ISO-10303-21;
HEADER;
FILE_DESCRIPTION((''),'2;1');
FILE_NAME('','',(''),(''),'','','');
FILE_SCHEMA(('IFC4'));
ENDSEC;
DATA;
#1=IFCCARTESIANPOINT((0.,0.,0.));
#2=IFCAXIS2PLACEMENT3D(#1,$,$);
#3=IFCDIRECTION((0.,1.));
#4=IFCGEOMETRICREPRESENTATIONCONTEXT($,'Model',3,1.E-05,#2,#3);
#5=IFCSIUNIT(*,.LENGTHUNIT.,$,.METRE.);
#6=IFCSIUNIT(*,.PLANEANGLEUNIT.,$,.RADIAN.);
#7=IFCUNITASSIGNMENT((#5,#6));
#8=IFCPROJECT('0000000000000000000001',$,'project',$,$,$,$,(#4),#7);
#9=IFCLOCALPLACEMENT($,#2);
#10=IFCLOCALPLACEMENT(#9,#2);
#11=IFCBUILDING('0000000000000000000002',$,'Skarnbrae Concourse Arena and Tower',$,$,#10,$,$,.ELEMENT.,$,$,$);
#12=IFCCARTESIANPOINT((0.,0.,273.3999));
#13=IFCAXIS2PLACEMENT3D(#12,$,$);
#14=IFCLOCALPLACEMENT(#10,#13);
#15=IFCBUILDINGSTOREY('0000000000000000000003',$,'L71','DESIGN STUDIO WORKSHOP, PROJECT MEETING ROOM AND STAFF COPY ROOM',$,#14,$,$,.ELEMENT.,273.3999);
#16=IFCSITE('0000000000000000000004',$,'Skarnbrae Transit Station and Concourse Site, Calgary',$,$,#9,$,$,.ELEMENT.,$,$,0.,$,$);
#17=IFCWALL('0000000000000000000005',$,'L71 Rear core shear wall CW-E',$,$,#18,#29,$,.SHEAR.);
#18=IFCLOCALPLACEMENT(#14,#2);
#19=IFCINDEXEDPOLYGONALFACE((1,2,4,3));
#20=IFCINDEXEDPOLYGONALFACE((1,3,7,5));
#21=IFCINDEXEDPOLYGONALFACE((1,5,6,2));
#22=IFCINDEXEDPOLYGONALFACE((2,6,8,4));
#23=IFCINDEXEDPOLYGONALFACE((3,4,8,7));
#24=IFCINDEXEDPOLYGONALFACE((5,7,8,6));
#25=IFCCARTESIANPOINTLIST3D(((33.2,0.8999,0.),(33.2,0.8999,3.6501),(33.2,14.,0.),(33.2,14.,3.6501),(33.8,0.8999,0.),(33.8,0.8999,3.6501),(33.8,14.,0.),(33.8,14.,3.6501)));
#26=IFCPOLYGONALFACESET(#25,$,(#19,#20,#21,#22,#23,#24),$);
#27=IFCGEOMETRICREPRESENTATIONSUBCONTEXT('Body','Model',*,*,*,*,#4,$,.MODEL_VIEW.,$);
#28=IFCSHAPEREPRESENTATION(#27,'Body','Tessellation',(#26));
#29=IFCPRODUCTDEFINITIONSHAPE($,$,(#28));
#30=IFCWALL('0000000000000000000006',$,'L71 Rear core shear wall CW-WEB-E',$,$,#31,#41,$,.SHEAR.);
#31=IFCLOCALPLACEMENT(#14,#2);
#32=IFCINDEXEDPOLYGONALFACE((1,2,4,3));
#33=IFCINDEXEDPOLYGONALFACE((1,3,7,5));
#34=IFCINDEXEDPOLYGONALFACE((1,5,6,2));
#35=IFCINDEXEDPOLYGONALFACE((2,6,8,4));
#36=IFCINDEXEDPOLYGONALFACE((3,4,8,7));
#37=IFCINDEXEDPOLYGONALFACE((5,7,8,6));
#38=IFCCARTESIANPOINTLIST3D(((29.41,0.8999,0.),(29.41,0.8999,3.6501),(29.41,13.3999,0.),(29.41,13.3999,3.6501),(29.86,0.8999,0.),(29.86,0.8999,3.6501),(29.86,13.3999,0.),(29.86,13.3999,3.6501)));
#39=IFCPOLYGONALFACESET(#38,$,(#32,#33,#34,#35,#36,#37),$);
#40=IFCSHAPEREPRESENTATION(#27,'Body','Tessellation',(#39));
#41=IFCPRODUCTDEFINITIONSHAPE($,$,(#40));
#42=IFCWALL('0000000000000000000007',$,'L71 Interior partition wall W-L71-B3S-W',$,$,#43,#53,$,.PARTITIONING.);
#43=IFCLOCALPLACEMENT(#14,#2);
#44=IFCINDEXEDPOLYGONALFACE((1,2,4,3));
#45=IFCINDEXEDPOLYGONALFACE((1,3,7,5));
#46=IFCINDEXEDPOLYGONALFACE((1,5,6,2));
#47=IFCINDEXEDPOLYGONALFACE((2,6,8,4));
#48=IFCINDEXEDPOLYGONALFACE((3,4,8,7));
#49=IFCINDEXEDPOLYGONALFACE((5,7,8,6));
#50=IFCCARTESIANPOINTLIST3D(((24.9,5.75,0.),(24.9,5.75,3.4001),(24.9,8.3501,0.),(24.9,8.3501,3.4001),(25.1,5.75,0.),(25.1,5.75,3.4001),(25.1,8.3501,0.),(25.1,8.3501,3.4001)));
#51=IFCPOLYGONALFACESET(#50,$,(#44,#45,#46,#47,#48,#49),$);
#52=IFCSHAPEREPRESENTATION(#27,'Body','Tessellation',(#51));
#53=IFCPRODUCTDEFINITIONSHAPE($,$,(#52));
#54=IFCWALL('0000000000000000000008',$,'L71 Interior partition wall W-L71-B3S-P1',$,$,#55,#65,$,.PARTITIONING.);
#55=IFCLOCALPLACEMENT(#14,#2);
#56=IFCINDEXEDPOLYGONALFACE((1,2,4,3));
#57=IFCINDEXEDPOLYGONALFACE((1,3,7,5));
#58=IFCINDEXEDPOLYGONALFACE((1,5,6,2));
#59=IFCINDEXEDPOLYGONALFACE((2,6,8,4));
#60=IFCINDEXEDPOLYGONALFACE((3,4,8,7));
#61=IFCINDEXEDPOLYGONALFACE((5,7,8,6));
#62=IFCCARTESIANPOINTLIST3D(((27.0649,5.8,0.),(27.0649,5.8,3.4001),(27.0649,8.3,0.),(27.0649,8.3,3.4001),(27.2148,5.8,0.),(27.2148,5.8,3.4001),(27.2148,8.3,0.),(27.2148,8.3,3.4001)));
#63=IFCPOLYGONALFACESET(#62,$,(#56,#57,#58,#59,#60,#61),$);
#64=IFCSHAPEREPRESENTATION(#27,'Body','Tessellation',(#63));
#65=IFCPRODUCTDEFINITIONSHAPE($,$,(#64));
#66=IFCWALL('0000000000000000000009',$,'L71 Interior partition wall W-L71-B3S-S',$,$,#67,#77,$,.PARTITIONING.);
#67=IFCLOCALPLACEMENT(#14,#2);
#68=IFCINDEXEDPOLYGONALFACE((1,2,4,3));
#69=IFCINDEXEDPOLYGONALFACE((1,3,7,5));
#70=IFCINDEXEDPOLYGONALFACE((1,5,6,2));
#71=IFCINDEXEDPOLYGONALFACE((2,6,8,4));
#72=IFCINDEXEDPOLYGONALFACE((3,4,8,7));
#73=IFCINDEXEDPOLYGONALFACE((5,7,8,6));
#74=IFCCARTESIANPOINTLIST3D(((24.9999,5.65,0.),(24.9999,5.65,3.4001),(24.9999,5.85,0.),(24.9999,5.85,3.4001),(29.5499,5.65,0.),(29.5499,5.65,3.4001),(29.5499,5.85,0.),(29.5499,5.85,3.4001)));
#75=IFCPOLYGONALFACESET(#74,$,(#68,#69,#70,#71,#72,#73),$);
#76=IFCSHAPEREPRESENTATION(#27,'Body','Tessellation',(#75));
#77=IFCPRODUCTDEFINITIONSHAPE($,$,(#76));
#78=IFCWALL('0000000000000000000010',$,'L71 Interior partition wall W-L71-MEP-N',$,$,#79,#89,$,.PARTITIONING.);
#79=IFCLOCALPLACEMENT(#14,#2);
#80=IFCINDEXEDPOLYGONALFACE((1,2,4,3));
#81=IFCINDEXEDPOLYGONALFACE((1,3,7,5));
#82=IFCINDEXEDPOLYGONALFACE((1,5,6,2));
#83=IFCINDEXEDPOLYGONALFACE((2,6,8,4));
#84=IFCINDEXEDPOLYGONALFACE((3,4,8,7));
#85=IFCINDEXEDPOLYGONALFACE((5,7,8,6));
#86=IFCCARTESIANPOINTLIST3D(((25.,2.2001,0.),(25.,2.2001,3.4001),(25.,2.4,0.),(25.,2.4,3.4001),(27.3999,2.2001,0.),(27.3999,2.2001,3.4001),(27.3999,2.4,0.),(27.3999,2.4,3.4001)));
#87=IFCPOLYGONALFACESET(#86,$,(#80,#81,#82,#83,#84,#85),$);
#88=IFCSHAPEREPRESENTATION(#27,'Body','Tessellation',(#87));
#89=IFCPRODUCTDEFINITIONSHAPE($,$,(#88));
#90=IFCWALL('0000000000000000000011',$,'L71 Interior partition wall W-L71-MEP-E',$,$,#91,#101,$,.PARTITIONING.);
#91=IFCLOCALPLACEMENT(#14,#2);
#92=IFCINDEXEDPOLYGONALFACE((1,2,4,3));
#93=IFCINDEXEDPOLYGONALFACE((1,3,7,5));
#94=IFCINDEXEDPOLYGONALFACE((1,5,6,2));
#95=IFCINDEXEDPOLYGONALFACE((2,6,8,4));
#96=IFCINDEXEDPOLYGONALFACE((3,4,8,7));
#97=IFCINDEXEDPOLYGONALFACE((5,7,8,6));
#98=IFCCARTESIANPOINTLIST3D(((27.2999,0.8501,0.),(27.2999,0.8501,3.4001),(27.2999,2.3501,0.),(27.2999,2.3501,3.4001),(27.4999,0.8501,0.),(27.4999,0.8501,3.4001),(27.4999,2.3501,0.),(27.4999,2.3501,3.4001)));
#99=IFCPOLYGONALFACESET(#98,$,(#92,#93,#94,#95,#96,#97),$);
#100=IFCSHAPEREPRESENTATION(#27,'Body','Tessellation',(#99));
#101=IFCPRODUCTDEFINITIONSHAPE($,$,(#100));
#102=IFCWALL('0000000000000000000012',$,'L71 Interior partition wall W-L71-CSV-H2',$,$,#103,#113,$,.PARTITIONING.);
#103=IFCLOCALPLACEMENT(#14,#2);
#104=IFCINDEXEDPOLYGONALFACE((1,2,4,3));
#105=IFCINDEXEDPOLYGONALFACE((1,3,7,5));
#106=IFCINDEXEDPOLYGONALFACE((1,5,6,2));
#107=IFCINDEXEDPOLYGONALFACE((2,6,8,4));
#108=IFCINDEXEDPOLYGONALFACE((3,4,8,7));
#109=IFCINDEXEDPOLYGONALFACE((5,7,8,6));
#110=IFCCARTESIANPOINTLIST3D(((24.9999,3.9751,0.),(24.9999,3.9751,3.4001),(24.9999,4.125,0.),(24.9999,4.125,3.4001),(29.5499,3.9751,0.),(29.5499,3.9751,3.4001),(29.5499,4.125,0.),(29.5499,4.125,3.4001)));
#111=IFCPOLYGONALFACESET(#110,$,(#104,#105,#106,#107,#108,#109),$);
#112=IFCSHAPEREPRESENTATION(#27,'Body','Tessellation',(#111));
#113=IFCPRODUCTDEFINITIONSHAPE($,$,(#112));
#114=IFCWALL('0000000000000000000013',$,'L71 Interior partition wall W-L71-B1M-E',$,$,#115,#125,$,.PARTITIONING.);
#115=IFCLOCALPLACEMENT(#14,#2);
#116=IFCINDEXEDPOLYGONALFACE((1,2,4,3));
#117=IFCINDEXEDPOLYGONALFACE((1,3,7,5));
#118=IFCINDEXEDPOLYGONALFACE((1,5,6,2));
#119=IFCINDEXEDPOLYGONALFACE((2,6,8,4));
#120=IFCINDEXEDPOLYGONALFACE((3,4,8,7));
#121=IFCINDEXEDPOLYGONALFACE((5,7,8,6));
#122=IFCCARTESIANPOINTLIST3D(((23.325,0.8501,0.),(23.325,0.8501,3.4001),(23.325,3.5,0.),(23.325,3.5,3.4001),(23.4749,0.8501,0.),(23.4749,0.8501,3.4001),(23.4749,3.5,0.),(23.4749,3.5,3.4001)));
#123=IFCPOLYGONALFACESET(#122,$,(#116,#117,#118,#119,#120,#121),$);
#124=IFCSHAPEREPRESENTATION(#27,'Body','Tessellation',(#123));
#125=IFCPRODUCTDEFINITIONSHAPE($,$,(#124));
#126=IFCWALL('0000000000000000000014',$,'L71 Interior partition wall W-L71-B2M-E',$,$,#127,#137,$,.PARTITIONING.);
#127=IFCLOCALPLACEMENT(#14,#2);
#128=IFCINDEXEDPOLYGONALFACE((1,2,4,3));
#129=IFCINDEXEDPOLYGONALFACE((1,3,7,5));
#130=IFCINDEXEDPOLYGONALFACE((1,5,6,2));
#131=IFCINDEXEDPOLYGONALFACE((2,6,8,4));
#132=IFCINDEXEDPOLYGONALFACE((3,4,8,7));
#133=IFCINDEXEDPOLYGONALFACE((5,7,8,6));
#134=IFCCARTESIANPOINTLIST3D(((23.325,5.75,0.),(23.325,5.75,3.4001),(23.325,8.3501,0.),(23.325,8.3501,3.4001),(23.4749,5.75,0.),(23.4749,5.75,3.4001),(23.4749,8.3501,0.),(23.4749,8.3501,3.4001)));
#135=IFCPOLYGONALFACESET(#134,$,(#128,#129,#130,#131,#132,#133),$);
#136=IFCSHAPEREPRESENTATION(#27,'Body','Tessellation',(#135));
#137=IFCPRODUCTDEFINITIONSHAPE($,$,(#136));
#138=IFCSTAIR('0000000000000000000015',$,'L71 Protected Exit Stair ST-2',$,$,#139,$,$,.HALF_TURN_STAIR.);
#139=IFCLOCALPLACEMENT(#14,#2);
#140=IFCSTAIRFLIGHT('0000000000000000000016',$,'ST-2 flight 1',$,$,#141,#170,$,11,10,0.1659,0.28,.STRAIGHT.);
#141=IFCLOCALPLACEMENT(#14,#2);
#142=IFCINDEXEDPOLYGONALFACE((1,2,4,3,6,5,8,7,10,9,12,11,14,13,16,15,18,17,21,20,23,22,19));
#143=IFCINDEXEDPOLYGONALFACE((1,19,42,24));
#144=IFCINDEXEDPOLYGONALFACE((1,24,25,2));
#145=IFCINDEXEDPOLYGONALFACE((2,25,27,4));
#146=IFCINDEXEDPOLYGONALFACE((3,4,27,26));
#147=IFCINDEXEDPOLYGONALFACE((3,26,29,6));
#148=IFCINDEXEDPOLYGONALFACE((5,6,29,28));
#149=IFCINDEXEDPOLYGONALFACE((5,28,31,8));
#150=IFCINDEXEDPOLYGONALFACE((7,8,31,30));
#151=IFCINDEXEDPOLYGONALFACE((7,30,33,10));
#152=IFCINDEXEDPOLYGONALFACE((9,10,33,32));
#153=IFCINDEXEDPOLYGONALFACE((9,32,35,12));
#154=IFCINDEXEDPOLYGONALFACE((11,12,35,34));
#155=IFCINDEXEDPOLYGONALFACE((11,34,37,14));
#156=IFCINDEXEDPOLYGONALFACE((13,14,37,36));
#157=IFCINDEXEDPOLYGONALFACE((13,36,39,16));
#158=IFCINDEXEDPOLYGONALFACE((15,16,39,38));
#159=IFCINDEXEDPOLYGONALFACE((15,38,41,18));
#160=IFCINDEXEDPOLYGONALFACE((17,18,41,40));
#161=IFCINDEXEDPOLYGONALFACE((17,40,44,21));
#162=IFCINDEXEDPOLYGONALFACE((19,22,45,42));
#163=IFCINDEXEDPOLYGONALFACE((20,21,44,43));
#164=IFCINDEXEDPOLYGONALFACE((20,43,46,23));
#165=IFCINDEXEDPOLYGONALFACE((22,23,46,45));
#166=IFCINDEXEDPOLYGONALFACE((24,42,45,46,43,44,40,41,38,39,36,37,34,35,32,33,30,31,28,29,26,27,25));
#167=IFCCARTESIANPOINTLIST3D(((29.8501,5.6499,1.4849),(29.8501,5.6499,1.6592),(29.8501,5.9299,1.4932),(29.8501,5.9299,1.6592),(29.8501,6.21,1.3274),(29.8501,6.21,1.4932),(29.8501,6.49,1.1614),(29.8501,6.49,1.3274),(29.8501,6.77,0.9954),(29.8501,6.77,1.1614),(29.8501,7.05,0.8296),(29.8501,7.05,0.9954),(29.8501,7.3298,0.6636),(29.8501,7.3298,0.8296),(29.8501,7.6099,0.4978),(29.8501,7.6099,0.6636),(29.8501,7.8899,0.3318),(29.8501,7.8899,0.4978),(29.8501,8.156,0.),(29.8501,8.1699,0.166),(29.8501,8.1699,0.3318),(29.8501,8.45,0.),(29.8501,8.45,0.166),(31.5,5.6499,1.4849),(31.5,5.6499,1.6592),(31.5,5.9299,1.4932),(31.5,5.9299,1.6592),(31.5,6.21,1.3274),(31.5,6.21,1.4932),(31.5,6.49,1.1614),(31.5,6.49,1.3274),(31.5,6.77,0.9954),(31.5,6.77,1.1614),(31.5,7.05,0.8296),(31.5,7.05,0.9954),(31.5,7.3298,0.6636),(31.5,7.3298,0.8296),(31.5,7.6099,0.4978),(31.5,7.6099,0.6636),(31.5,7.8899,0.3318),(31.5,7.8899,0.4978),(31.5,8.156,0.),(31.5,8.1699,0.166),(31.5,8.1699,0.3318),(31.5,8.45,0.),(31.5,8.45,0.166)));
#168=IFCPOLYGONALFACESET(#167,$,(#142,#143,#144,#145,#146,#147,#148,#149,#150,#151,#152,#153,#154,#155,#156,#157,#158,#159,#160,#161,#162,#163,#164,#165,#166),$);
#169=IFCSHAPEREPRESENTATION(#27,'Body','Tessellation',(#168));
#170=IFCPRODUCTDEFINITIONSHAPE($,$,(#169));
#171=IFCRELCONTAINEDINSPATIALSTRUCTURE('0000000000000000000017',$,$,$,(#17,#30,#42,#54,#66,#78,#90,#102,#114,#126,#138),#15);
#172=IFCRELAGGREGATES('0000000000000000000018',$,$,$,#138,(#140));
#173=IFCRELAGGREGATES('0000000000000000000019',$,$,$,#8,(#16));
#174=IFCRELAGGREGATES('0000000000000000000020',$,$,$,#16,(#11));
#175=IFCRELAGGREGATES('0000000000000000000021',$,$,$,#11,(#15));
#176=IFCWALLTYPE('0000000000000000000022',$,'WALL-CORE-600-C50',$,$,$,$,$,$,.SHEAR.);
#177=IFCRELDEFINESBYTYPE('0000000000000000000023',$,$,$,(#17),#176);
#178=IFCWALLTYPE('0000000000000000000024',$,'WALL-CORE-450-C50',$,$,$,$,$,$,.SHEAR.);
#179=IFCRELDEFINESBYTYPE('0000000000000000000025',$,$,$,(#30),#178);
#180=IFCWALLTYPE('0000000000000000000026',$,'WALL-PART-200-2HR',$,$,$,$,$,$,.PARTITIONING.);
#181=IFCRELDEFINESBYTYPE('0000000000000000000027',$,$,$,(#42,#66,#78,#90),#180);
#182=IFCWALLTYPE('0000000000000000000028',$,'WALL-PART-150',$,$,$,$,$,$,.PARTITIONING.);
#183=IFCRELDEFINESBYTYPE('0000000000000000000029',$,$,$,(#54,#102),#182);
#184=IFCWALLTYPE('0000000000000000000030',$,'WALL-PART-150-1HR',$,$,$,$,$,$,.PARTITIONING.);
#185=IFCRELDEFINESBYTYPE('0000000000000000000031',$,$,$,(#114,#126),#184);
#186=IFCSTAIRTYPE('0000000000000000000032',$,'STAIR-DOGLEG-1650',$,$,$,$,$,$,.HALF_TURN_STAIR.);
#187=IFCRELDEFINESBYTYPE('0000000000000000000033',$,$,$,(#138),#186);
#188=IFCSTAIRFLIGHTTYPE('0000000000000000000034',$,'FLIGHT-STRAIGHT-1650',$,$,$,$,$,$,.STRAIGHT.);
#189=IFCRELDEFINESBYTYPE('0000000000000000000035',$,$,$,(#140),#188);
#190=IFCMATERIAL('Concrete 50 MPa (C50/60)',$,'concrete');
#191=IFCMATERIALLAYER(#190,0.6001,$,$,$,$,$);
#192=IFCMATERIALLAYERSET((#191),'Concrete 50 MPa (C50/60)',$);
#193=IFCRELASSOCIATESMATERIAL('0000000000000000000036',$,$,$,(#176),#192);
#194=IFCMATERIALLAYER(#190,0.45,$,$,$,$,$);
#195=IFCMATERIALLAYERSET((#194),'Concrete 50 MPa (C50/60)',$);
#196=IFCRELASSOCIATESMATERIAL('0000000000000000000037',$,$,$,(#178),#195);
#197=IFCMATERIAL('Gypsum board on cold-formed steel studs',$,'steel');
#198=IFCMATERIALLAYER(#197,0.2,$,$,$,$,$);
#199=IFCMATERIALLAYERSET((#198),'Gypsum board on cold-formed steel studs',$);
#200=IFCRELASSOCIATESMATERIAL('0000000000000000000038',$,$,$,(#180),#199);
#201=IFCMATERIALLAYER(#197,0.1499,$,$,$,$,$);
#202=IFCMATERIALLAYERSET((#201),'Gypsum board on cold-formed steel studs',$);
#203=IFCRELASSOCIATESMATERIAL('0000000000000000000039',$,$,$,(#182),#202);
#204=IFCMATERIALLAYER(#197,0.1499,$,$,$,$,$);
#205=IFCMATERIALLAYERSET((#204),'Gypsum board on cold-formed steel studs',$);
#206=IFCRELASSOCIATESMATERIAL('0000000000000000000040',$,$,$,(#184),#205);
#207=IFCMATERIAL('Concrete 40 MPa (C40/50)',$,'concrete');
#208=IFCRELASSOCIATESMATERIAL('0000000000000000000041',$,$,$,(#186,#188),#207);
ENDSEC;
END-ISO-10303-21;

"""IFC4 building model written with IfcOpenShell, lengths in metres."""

from ifc_helpers import new_model, si_unit, direction, frame, frame_2d, origin, place, context, subcontext, project, spatial, polyline, rectangle, outline, extrude, source, transform, mapped, material, layer, layer_set, type_object, element, aggregate, save


model = new_model("IFC4")

# Units and contexts
model_context = context("Model", 3, precision=1e-05, world=origin(), true_north=direction((0.0, 1.0)))
body_context = subcontext(model_context, "Body", "Model", "MODEL_VIEW")
ifc_project = project(units=[si_unit("LENGTHUNIT", "METRE"), si_unit("PLANEANGLEUNIT", "RADIAN")], contexts=[model_context])

# Site, building, storey
site_placement = place(None, origin())
site = spatial("IfcSite", under=ifc_project, at=site_placement, Name="Skarnbrae Transit Station and Concourse Site, Calgary", CompositionType="ELEMENT", RefElevation=0.0)
building_placement = place(site_placement, origin())
building = spatial("IfcBuilding", under=site, at=building_placement, Name="Skarnbrae Concourse Arena and Tower", CompositionType="ELEMENT")
storey_placement = place(building_placement, frame((0.0, 0.0, 273.3999)))
storey = spatial("IfcBuildingStorey", under=building, at=storey_placement, Name="L71", Description="DESIGN STUDIO WORKSHOP, PROJECT MEETING ROOM AND STAFF COPY ROOM", CompositionType="ELEMENT", Elevation=273.3999)

# Walls
ifc_material_1 = material(Name="Concrete 50 MPa (C50/60)", Category="concrete")
ifc_layer_1 = layer(ifc_material_1, 0.6001)
ifc_layer_set_1 = layer_set([ifc_layer_1], Name="Concrete 50 MPa (C50/60)")
wall_type_1 = type_object("IfcWallType", Name="WALL-CORE-600-C50", PredefinedType="SHEAR", material=ifc_layer_set_1)
shared_shape_1 = source(origin(), body_context, "Body", "SweptSolid", [
    extrude(rectangle(XDim=13.1001, YDim=0.6001, at=frame_2d((6.55, 0.0))), origin(), (0.0, 0.0, 1.0), 3.6501),
])
wall_1_placement = place(storey_placement, frame((33.5, 0.8999, 0.0), z_axis=(0.0, 0.0, 1.0), x_axis=(0.0, 1.0, 0.0)))
element("IfcWall", 1, at=wall_1_placement, inside=storey, type_object=wall_type_1, Name="L71 Rear core shear wall CW-E", PredefinedType="SHEAR", context=body_context, shape_type="MappedRepresentation", body=[
    mapped(shared_shape_1, transform((0.0, 0.0, 0.0))),
])
ifc_layer_2 = layer(ifc_material_1, 0.45)
ifc_layer_set_2 = layer_set([ifc_layer_2], Name="Concrete 50 MPa (C50/60)")
wall_type_2 = type_object("IfcWallType", Name="WALL-CORE-450-C50", PredefinedType="SHEAR", material=ifc_layer_set_2)
shared_shape_2 = source(origin(), body_context, "Body", "SweptSolid", [
    extrude(rectangle(XDim=12.5, YDim=0.45, at=frame_2d((6.25, 0.0))), origin(), (0.0, 0.0, 1.0), 3.6501),
])
wall_2_placement = place(storey_placement, frame((29.635, 0.8999, 0.0), z_axis=(0.0, 0.0, 1.0), x_axis=(0.0, 1.0, 0.0)))
element("IfcWall", 2, at=wall_2_placement, inside=storey, type_object=wall_type_2, Name="L71 Rear core shear wall CW-WEB-E", PredefinedType="SHEAR", context=body_context, shape_type="MappedRepresentation", body=[
    mapped(shared_shape_2, transform((0.0, 0.0, 0.0))),
])
ifc_material_2 = material(Name="Gypsum board on cold-formed steel studs", Category="steel")
ifc_layer_3 = layer(ifc_material_2, 0.2)
ifc_layer_set_3 = layer_set([ifc_layer_3], Name="Gypsum board on cold-formed steel studs")
wall_type_3 = type_object("IfcWallType", Name="WALL-PART-200-2HR", PredefinedType="PARTITIONING", material=ifc_layer_set_3)
shared_shape_3 = source(origin(), body_context, "Body", "SweptSolid", [
    extrude(rectangle(XDim=2.6001, YDim=0.2, at=frame_2d((1.3, 0.0))), origin(), (0.0, 0.0, 1.0), 3.4001),
])
wall_3_placement = place(storey_placement, frame((25.0, 5.75, 0.0), z_axis=(0.0, 0.0, 1.0), x_axis=(0.0, 1.0, 0.0)))
element("IfcWall", 3, at=wall_3_placement, inside=storey, type_object=wall_type_3, Name="L71 Interior partition wall W-L71-B3S-W", PredefinedType="PARTITIONING", context=body_context, shape_type="MappedRepresentation", body=[
    mapped(shared_shape_3, transform((0.0, 0.0, 0.0))),
])
ifc_layer_4 = layer(ifc_material_2, 0.1499)
ifc_layer_set_4 = layer_set([ifc_layer_4], Name="Gypsum board on cold-formed steel studs")
wall_type_4 = type_object("IfcWallType", Name="WALL-PART-150", PredefinedType="PARTITIONING", material=ifc_layer_set_4)
shared_shape_4 = source(origin(), body_context, "Body", "SweptSolid", [
    extrude(rectangle(XDim=2.5, YDim=0.1499, at=frame_2d((1.25, 0.0))), origin(), (0.0, 0.0, 1.0), 3.4001),
])
wall_4_placement = place(storey_placement, frame((27.1399, 5.8, 0.0), z_axis=(0.0, 0.0, 1.0), x_axis=(0.0, 1.0, 0.0)))
element("IfcWall", 4, at=wall_4_placement, inside=storey, type_object=wall_type_4, Name="L71 Interior partition wall W-L71-B3S-P1", PredefinedType="PARTITIONING", context=body_context, shape_type="MappedRepresentation", body=[
    mapped(shared_shape_4, transform((0.0, 0.0, 0.0))),
])

# Shared definitions
shared_shape_5 = source(origin(), body_context, "Body", "SweptSolid", [
    extrude(rectangle(XDim=4.55, YDim=0.2, at=frame_2d((2.2749, 0.0))), origin(), (0.0, 0.0, 1.0), 3.4001),
])

# Wall
wall_5_placement = place(storey_placement, frame((25.0, 5.75, 0.0), z_axis=(0.0, 0.0, 1.0), x_axis=(1.0, 0.0, 0.0)))
element("IfcWall", 5, at=wall_5_placement, inside=storey, type_object=wall_type_3, Name="L71 Interior partition wall W-L71-B3S-S", PredefinedType="PARTITIONING", context=body_context, shape_type="MappedRepresentation", body=[
    mapped(shared_shape_5, transform((0.0, 0.0, 0.0))),
])

# Shared definitions
ifc_layer_5 = layer(ifc_material_2, 0.1499)
ifc_layer_set_5 = layer_set([ifc_layer_5], Name="Gypsum board on cold-formed steel studs")
wall_type_5 = type_object("IfcWallType", Name="WALL-PART-150-1HR", PredefinedType="PARTITIONING", material=ifc_layer_set_5)

# Walls
shared_shape_6 = source(origin(), body_context, "Body", "SweptSolid", [
    extrude(rectangle(XDim=2.3999, YDim=0.2, at=frame_2d((1.2, 0.0))), origin(), (0.0, 0.0, 1.0), 3.4001),
])
wall_6_placement = place(storey_placement, frame((25.0, 2.3, 0.0), z_axis=(0.0, 0.0, 1.0), x_axis=(1.0, 0.0, 0.0)))
element("IfcWall", 6, at=wall_6_placement, inside=storey, type_object=wall_type_3, Name="L71 Interior partition wall W-L71-MEP-N", PredefinedType="PARTITIONING", context=body_context, shape_type="MappedRepresentation", body=[
    mapped(shared_shape_6, transform((0.0, 0.0, 0.0))),
])
shared_shape_7 = source(origin(), body_context, "Body", "SweptSolid", [
    extrude(rectangle(XDim=1.5, YDim=0.2, at=frame_2d((0.75, 0.0))), origin(), (0.0, 0.0, 1.0), 3.4001),
])
wall_7_placement = place(storey_placement, frame((27.3999, 0.8501, 0.0), z_axis=(0.0, 0.0, 1.0), x_axis=(0.0, 1.0, 0.0)))
element("IfcWall", 7, at=wall_7_placement, inside=storey, type_object=wall_type_3, Name="L71 Interior partition wall W-L71-MEP-E", PredefinedType="PARTITIONING", context=body_context, shape_type="MappedRepresentation", body=[
    mapped(shared_shape_7, transform((0.0, 0.0, 0.0))),
])
shared_shape_8 = source(origin(), body_context, "Body", "SweptSolid", [
    extrude(rectangle(XDim=4.55, YDim=0.1499, at=frame_2d((2.2749, 0.0))), origin(), (0.0, 0.0, 1.0), 3.4001),
])
wall_8_placement = place(storey_placement, frame((25.0, 4.05, 0.0), z_axis=(0.0, 0.0, 1.0), x_axis=(1.0, 0.0, 0.0)))
element("IfcWall", 8, at=wall_8_placement, inside=storey, type_object=wall_type_4, Name="L71 Interior partition wall W-L71-CSV-H2", PredefinedType="PARTITIONING", context=body_context, shape_type="MappedRepresentation", body=[
    mapped(shared_shape_8, transform((0.0, 0.0, 0.0))),
])
shared_shape_9 = source(origin(), body_context, "Body", "SweptSolid", [
    extrude(rectangle(XDim=2.6499, YDim=0.1499, at=frame_2d((1.325, 0.0))), origin(), (0.0, 0.0, 1.0), 3.4001),
])
wall_9_placement = place(storey_placement, frame((23.3999, 0.8501, 0.0), z_axis=(0.0, 0.0, 1.0), x_axis=(0.0, 1.0, 0.0)))
element("IfcWall", 9, at=wall_9_placement, inside=storey, type_object=wall_type_5, Name="L71 Interior partition wall W-L71-B1M-E", PredefinedType="PARTITIONING", context=body_context, shape_type="MappedRepresentation", body=[
    mapped(shared_shape_9, transform((0.0, 0.0, 0.0))),
])
shared_shape_10 = source(origin(), body_context, "Body", "SweptSolid", [
    extrude(rectangle(XDim=2.6001, YDim=0.1499, at=frame_2d((1.3, 0.0))), origin(), (0.0, 0.0, 1.0), 3.4001),
])
wall_10_placement = place(storey_placement, frame((23.3999, 5.75, 0.0), z_axis=(0.0, 0.0, 1.0), x_axis=(0.0, 1.0, 0.0)))
element("IfcWall", 10, at=wall_10_placement, inside=storey, type_object=wall_type_5, Name="L71 Interior partition wall W-L71-B2M-E", PredefinedType="PARTITIONING", context=body_context, shape_type="MappedRepresentation", body=[
    mapped(shared_shape_10, transform((0.0, 0.0, 0.0))),
])

# Stair, stair flight
ifc_material_3 = material(Name="Concrete 40 MPa (C40/50)", Category="concrete")
stair_type = type_object("IfcStairType", Name="STAIR-DOGLEG-1650", PredefinedType="HALF_TURN_STAIR", material=ifc_material_3)
stair_placement = place(storey_placement, origin())
stair = element("IfcStair", 11, at=stair_placement, inside=storey, type_object=stair_type, Name="L71 Protected Exit Stair ST-2", PredefinedType="HALF_TURN_STAIR")
stair_flight_type = type_object("IfcStairFlightType", Name="FLIGHT-STRAIGHT-1650", PredefinedType="STRAIGHT", material=ifc_material_3)
shared_shape_11 = source(origin(), body_context, "Body", "SweptSolid", [
    extrude(outline(polyline([(0.0, 0.0), (0.0, 0.166), (0.28, 0.166), (0.28, 0.3318), (0.5601, 0.3318), (0.5601, 0.4978), (0.8401, 0.4978), (0.8401, 0.6636), (1.1201, 0.6636), (1.1201, 0.8296), (1.3999, 0.8296), (1.3999, 0.9954), (1.6799, 0.9954), (1.6799, 1.1614), (1.96, 1.1614), (1.96, 1.3274), (2.24, 1.3274), (2.24, 1.4932), (2.52, 1.4932), (2.52, 1.6592), (2.8, 1.6592), (2.8, 1.825), (2.8, 1.4849), (0.2939, 0.0), (0.0, 0.0)])), frame((0.0, 0.825, 0.0), z_axis=(0.0, -1.0, 0.0), x_axis=(1.0, 0.0, 0.0)), (0.0, 0.0, 1.0), 1.6499),
])
stair_flight_1_placement = place(storey_placement, frame((30.675, 8.45, 0.0), z_axis=(0.0, 0.0, 1.0), x_axis=(0.0, -1.0, 0.0)))
stair_flight_1 = element("IfcStairFlight", 12, at=stair_flight_1_placement, type_object=stair_flight_type, Name="ST-2 flight 1", NumberOfRisers=11, NumberOfTreads=10, PredefinedType="STRAIGHT", RiserHeight=0.1659, TreadLength=0.28, context=body_context, shape_type="MappedRepresentation", body=[
    mapped(shared_shape_11, transform((0.0, 0.0, 0.0))),
])
aggregate(stair, [stair_flight_1])

save(model, "model.ifc")
